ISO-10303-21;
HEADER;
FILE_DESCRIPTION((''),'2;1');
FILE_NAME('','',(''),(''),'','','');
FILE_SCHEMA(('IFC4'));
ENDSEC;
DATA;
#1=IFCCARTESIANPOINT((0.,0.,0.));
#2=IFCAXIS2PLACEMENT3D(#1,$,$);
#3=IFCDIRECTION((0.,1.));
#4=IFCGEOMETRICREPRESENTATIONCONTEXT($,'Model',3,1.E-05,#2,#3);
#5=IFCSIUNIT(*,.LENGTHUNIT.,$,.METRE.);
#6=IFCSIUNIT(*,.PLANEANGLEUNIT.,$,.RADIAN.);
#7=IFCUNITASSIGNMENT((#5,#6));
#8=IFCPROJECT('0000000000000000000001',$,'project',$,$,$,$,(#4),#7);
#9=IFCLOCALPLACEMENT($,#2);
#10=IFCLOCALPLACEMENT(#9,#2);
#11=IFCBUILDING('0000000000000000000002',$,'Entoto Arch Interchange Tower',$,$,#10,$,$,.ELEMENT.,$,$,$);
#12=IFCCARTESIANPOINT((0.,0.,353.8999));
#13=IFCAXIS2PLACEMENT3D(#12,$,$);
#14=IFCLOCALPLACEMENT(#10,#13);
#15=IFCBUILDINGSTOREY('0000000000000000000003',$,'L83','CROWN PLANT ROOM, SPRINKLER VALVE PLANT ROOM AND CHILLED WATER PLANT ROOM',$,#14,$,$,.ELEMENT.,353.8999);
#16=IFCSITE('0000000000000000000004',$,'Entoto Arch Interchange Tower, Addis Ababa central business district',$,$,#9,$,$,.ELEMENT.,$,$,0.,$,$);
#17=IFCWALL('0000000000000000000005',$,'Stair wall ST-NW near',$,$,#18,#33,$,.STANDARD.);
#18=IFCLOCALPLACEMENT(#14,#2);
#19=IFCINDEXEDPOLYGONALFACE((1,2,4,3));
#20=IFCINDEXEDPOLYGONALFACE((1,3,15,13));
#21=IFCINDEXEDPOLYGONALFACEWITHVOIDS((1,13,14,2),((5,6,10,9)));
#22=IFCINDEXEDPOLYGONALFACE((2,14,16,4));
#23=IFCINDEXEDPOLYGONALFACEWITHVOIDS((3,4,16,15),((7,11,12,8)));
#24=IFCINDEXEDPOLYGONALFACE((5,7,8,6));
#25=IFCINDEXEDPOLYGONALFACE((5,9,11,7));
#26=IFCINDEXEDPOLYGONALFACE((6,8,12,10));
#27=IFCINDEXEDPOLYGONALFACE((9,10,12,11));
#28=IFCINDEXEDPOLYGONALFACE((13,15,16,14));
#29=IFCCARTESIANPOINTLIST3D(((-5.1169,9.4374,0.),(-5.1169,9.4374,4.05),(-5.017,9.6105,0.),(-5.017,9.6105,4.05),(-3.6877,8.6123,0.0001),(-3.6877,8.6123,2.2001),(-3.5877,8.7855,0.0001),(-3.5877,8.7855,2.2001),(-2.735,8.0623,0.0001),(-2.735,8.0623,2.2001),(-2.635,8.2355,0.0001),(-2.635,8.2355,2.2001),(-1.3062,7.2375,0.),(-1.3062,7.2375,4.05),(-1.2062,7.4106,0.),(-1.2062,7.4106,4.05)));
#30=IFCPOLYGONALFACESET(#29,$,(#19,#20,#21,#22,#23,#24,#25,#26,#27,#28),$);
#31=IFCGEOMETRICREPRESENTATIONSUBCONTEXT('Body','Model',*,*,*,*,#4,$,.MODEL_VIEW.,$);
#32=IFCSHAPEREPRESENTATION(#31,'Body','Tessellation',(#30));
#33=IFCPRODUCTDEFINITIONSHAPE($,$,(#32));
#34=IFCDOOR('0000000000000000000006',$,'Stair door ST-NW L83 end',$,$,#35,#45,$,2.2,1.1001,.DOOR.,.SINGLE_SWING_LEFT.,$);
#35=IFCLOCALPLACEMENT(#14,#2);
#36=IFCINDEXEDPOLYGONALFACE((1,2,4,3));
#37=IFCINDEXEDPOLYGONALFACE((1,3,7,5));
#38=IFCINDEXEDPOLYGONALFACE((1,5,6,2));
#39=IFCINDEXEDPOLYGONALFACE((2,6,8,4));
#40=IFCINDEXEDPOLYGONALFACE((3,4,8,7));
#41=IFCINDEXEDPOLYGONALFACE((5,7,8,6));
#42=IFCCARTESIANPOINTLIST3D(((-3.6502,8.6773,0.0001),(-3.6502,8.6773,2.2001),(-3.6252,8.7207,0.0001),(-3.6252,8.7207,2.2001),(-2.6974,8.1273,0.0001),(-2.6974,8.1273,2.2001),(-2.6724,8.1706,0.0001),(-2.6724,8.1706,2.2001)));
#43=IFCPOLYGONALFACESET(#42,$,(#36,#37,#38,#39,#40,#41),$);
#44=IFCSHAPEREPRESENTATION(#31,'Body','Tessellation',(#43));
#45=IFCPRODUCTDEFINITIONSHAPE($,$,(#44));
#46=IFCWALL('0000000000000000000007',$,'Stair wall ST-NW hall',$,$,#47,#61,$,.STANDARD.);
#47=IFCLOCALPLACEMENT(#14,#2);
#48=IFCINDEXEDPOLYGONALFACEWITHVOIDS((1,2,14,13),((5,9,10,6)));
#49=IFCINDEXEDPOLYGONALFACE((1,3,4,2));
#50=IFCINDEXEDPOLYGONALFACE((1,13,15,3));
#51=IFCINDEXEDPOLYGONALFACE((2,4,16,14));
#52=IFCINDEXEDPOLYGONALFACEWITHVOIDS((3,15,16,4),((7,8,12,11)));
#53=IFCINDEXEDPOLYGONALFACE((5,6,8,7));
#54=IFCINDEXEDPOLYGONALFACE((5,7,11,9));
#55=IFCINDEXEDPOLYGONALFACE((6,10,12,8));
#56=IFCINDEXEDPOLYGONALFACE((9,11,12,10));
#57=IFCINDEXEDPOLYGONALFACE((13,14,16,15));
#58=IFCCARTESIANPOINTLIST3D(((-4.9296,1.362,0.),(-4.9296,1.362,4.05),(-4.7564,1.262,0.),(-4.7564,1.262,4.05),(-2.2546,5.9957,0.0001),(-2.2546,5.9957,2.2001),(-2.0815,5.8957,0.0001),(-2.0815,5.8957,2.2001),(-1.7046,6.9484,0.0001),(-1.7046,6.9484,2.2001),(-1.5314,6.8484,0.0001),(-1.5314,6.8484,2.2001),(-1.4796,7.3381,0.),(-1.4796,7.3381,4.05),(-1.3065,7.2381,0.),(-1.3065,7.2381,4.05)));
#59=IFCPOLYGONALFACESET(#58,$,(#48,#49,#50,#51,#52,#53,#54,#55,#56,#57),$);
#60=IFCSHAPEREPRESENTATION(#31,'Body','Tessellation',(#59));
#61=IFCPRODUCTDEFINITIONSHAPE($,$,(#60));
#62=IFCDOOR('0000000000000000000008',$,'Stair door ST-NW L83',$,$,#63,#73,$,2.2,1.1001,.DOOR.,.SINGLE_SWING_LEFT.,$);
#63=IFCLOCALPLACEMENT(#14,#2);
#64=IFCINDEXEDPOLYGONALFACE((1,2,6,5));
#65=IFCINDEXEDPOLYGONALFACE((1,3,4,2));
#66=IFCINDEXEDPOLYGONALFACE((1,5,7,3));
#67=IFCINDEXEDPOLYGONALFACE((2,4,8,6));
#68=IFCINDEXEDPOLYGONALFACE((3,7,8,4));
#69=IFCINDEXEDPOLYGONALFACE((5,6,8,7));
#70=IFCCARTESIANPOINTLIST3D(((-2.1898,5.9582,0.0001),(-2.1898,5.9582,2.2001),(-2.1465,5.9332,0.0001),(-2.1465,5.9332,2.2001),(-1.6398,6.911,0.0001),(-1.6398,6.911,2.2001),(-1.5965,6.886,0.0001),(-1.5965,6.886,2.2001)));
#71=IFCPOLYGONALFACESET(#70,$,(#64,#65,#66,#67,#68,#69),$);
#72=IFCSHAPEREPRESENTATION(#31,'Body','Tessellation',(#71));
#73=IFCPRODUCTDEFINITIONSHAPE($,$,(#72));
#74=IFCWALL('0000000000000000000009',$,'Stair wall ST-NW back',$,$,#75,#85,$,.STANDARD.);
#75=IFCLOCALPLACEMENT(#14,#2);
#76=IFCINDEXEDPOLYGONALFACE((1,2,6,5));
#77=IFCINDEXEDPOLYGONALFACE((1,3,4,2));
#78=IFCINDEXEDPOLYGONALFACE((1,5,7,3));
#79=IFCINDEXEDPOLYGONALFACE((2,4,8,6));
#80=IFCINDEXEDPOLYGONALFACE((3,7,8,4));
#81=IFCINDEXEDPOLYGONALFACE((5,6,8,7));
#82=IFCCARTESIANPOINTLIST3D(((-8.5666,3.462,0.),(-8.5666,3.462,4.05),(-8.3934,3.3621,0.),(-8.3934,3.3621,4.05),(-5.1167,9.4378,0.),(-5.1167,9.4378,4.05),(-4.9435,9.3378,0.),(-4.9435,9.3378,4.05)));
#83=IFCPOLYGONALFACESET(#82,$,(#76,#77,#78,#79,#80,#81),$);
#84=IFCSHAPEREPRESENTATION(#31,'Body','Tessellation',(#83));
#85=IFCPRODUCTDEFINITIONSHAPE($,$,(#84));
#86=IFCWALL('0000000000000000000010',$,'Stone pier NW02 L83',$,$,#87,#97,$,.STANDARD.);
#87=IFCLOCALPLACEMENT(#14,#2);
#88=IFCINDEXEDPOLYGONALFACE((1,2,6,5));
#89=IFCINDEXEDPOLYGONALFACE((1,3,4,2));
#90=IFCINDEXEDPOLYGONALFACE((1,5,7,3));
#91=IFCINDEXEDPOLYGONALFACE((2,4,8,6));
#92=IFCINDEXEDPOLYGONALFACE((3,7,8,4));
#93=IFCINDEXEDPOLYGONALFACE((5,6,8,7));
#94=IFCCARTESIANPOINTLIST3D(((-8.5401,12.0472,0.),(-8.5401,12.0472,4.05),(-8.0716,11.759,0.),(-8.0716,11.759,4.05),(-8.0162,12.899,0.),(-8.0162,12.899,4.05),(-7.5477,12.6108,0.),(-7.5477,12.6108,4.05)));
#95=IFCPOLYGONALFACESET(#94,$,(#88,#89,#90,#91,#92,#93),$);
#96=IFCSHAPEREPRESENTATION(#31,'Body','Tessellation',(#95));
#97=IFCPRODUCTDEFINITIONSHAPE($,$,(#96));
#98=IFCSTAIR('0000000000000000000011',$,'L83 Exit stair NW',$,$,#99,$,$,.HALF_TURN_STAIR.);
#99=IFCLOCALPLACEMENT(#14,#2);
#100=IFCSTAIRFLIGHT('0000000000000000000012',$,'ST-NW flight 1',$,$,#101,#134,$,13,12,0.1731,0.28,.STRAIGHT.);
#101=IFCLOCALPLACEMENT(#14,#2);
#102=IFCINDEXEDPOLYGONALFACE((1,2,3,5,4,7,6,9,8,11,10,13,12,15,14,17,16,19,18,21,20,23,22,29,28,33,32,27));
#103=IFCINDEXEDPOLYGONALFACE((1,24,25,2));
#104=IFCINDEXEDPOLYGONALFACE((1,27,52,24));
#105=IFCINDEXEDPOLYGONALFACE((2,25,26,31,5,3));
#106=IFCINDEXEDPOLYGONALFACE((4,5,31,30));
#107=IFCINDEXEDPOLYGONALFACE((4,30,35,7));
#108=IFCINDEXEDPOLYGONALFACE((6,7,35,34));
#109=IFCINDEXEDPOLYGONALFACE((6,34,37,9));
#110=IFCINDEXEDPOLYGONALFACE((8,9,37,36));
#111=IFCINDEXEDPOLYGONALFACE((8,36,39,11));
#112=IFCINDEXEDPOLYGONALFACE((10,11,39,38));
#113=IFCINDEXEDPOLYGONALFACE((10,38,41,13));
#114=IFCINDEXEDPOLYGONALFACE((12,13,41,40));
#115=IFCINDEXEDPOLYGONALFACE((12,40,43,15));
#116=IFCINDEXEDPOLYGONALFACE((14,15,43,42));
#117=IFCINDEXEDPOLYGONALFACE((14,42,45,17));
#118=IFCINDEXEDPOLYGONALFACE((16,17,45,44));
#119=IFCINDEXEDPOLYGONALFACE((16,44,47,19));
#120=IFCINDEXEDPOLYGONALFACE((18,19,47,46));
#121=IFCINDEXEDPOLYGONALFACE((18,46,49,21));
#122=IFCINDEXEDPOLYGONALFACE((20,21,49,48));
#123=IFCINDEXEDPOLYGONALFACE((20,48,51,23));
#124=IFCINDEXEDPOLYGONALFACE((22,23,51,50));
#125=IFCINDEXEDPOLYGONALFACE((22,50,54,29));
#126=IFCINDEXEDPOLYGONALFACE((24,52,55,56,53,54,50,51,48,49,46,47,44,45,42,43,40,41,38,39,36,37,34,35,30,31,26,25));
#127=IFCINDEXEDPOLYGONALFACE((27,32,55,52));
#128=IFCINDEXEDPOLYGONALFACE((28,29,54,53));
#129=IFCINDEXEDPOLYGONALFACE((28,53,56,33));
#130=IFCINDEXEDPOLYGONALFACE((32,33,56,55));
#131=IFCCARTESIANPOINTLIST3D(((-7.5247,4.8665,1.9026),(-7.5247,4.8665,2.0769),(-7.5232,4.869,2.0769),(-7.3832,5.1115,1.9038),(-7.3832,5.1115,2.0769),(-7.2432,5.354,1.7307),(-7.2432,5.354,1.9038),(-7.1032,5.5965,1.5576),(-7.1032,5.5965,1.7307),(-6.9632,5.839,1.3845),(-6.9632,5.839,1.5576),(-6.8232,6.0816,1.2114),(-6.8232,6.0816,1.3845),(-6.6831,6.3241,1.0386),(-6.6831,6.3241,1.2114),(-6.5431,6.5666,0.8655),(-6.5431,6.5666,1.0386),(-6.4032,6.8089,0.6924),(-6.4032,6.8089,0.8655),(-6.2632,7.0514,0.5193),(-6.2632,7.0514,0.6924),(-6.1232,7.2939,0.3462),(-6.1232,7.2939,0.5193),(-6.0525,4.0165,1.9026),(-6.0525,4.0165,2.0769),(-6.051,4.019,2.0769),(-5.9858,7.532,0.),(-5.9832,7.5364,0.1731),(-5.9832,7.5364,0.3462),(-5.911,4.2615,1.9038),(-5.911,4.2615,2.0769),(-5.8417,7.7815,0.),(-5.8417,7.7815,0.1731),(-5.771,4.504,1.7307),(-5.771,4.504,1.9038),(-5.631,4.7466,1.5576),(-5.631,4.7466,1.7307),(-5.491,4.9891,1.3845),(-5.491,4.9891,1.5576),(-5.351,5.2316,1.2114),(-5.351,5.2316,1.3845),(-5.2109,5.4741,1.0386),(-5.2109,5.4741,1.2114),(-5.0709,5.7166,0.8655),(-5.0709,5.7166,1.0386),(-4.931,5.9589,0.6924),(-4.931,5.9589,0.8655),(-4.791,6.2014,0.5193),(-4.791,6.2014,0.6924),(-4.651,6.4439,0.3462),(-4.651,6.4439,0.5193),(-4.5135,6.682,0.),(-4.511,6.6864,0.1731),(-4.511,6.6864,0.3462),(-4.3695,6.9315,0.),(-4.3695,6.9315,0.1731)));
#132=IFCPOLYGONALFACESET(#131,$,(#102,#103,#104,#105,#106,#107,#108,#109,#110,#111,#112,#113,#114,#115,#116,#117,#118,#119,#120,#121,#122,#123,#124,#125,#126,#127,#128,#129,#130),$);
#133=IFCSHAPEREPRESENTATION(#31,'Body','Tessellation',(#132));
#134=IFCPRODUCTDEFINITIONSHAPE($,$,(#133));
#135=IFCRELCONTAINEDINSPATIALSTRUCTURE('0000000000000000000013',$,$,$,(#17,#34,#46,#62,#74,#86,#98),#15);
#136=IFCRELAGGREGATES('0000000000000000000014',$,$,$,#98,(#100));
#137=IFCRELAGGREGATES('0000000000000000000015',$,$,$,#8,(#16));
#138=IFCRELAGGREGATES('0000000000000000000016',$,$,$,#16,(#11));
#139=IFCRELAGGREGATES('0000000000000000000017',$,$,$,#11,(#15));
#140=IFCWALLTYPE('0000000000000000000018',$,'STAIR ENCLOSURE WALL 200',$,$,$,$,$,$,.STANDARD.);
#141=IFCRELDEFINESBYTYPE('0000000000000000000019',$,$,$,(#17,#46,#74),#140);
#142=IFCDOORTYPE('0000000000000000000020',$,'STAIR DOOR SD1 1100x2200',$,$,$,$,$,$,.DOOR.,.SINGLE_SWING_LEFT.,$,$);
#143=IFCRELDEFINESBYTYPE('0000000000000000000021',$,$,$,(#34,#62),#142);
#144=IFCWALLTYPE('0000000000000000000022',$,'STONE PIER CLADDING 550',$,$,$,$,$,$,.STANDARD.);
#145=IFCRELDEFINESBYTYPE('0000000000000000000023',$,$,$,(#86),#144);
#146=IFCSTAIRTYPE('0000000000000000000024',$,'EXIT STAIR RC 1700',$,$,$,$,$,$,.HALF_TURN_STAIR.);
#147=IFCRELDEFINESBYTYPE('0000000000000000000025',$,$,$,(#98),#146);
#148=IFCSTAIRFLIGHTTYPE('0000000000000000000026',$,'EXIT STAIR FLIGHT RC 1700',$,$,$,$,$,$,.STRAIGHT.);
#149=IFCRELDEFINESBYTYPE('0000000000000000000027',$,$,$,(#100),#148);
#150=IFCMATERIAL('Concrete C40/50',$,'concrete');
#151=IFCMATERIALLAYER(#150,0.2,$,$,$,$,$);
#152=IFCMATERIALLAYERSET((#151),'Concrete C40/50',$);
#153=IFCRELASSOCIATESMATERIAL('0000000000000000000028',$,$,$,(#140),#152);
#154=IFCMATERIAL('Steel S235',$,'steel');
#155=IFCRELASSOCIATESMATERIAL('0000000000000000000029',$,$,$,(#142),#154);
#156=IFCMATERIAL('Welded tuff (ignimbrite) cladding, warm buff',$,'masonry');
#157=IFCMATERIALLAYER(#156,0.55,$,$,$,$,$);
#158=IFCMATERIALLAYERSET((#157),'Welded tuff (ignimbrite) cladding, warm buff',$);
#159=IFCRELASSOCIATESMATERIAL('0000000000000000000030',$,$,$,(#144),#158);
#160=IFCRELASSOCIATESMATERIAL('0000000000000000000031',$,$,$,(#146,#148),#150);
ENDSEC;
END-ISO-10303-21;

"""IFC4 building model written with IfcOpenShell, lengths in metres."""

from ifc_helpers import new_model, si_unit, direction, frame, frame_2d, origin, place, context, subcontext, project, spatial, polyline, rectangle, outline, extrude, material, layer, layer_set, type_object, element, fill, aggregate, save


model = new_model("IFC4")

# Units and contexts
model_context = context("Model", 3, precision=1e-05, world=origin(), true_north=direction((0.0, 1.0)))
body_context = subcontext(model_context, "Body", "Model", "MODEL_VIEW")
ifc_project = project(units=[si_unit("LENGTHUNIT", "METRE"), si_unit("PLANEANGLEUNIT", "RADIAN")], contexts=[model_context])

# Site, building, storey
site_placement = place(None, origin())
site = spatial("IfcSite", under=ifc_project, at=site_placement, Name="Entoto Arch Interchange Tower, Addis Ababa central business district", CompositionType="ELEMENT", RefElevation=0.0)
building_placement = place(site_placement, origin())
building = spatial("IfcBuilding", under=site, at=building_placement, Name="Entoto Arch Interchange Tower", CompositionType="ELEMENT")
storey_placement = place(building_placement, frame((0.0, 0.0, 353.8999)))
storey = spatial("IfcBuildingStorey", under=building, at=storey_placement, Name="L83", Description="CROWN PLANT ROOM, SPRINKLER VALVE PLANT ROOM AND CHILLED WATER PLANT ROOM", CompositionType="ELEMENT", Elevation=353.8999)

# Shared definitions
ifc_material_1 = material(Name="Concrete C40/50", Category="concrete")

# Walls, openings, doors
ifc_layer_1 = layer(ifc_material_1, 0.2)
ifc_layer_set_1 = layer_set([ifc_layer_1], Name="Concrete C40/50")
wall_type_1 = type_object("IfcWallType", Name="STAIR ENCLOSURE WALL 200", PredefinedType="STANDARD", material=ifc_layer_set_1)
wall_1_placement = place(storey_placement, frame((-1.2561, 7.324, 0.0), z_axis=(0.0, 0.0, 1.0), x_axis=(-0.866046, 0.499964, 0.0)))
wall_1 = element("IfcWall", 1, at=wall_1_placement, inside=storey, type_object=wall_type_1, Name="Stair wall ST-NW near", PredefinedType="STANDARD", context=body_context, shape_type="SweptSolid", body=[
    extrude(rectangle(XDim=4.4001, YDim=0.2, at=frame_2d((2.2002, 0.0))), origin(), (0.0, 0.0, 1.0), 4.05),
])
opening_1_placement = place(wall_1_placement, frame((1.6499, 0.0, 0.0)))
opening_1 = element("IfcOpeningElement", 2, at=opening_1_placement, cuts=wall_1, PredefinedType="OPENING", context=body_context, shape_type="SweptSolid", body=[
    extrude(rectangle(XDim=1.1001, YDim=2.2, at=frame_2d((0.55, 1.1001))), frame((0.0, 0.1099, 0.0), z_axis=(0.0, -1.0, 0.0), x_axis=(1.0, 0.0, 0.0)), (0.0, 0.0, 1.0), 0.22),
])
ifc_material_2 = material(Name="Steel S235", Category="steel")
door_type_1 = type_object("IfcDoorType", Name="STAIR DOOR SD1 1100x2200", OperationType="SINGLE_SWING_LEFT", PredefinedType="DOOR", material=ifc_material_2)
door_1_placement = place(opening_1_placement, origin())
door_1 = element("IfcDoor", 3, at=door_1_placement, inside=storey, type_object=door_type_1, Name="Stair door ST-NW L83 end", OperationType="SINGLE_SWING_LEFT", OverallHeight=2.2, OverallWidth=1.1001, PredefinedType="DOOR", context=body_context, shape_type="SweptSolid", body=[
    extrude(rectangle(XDim=1.1001, YDim=2.2, at=frame_2d((0.55, 1.1001))), frame((0.0, 0.0249, 0.0), z_axis=(0.0, -1.0, 0.0), x_axis=(1.0, 0.0, 0.0)), (0.0, 0.0, 1.0), 0.05),
])
fill(opening_1, door_1)
wall_2_placement = place(storey_placement, frame((-1.3931, 7.2881, 0.0), z_axis=(0.0, 0.0, 1.0), x_axis=(-0.499963, -0.866047, 0.0)))
wall_2 = element("IfcWall", 4, at=wall_2_placement, inside=storey, type_object=wall_type_1, Name="Stair wall ST-NW hall", PredefinedType="STANDARD", context=body_context, shape_type="SweptSolid", body=[
    extrude(rectangle(XDim=6.9004, YDim=0.2, at=frame_2d((3.4502, 0.0))), origin(), (0.0, 0.0, 1.0), 4.05),
])
opening_2_placement = place(wall_2_placement, frame((0.45, 0.0, 0.0)))
opening_2 = element("IfcOpeningElement", 5, at=opening_2_placement, cuts=wall_2, PredefinedType="OPENING", context=body_context, shape_type="SweptSolid", body=[
    extrude(rectangle(XDim=1.1001, YDim=2.2, at=frame_2d((0.55, 1.1001))), frame((0.0, 0.1099, 0.0), z_axis=(0.0, -1.0, 0.0), x_axis=(1.0, 0.0, 0.0)), (0.0, 0.0, 1.0), 0.22),
])
door_2_placement = place(opening_2_placement, origin())
door_2 = element("IfcDoor", 6, at=door_2_placement, inside=storey, type_object=door_type_1, Name="Stair door ST-NW L83", OperationType="SINGLE_SWING_LEFT", OverallHeight=2.2, OverallWidth=1.1001, PredefinedType="DOOR", context=body_context, shape_type="SweptSolid", body=[
    extrude(rectangle(XDim=1.1001, YDim=2.2, at=frame_2d((0.55, 1.1001))), frame((0.0, 0.0249, 0.0), z_axis=(0.0, -1.0, 0.0), x_axis=(1.0, 0.0, 0.0)), (0.0, 0.0, 1.0), 0.05),
])
fill(opening_2, door_2)

# Walls
wall_3_placement = place(storey_placement, frame((-5.03, 9.3879, 0.0), z_axis=(0.0, 0.0, 1.0), x_axis=(-0.499979, -0.866038, 0.0)))
element("IfcWall", 7, at=wall_3_placement, inside=storey, type_object=wall_type_1, Name="Stair wall ST-NW back", PredefinedType="STANDARD", context=body_context, shape_type="SweptSolid", body=[
    extrude(rectangle(XDim=6.9001, YDim=0.2, at=frame_2d((3.4502, 0.0))), origin(), (0.0, 0.0, 1.0), 4.05),
])
ifc_material_3 = material(Name="Welded tuff (ignimbrite) cladding, warm buff", Category="masonry")
ifc_layer_2 = layer(ifc_material_3, 0.55)
ifc_layer_set_2 = layer_set([ifc_layer_2], Name="Welded tuff (ignimbrite) cladding, warm buff")
wall_type_2 = type_object("IfcWallType", Name="STONE PIER CLADDING 550", PredefinedType="STANDARD", material=ifc_layer_set_2)
wall_4_placement = place(storey_placement, frame((-7.782, 12.7549, 0.0), z_axis=(0.0, 0.0, 1.0), x_axis=(-0.523907, -0.851776, 0.0)))
element("IfcWall", 8, at=wall_4_placement, inside=storey, type_object=wall_type_2, Name="Stone pier NW02 L83", PredefinedType="STANDARD", context=body_context, shape_type="SweptSolid", body=[
    extrude(rectangle(XDim=1.0, YDim=0.55, at=frame_2d((0.5, 0.0))), origin(), (0.0, 0.0, 1.0), 4.05),
])

# Stair, stair flight
stair_type = type_object("IfcStairType", Name="EXIT STAIR RC 1700", PredefinedType="HALF_TURN_STAIR", material=ifc_material_1)
stair_placement = place(storey_placement, origin())
stair = element("IfcStair", 9, at=stair_placement, inside=storey, type_object=stair_type, Name="L83 Exit stair NW", PredefinedType="HALF_TURN_STAIR")
stair_flight_type = type_object("IfcStairFlightType", Name="EXIT STAIR FLIGHT RC 1700", PredefinedType="STRAIGHT", material=ifc_material_1)
stair_flight_placement = place(storey_placement, frame((-5.1072, 7.354, 0.0), z_axis=(0.0, 0.0, 1.0), x_axis=(-0.5, -0.866025, 0.0)))
stair_flight = element("IfcStairFlight", 10, at=stair_flight_placement, type_object=stair_flight_type, Name="ST-NW flight 1", NumberOfRisers=13, NumberOfTreads=12, PredefinedType="STRAIGHT", RiserHeight=0.1731, TreadLength=0.28, context=body_context, shape_type="SweptSolid", body=[
    extrude(outline(polyline([(-0.0029, 0.0), (-0.0029, 0.1731), (0.28, 0.1731), (0.28, 0.3462), (0.5601, 0.3462), (0.5601, 0.5193), (0.8401, 0.5193), (0.8401, 0.6924), (1.1201, 0.6924), (1.1201, 0.8655), (1.3999, 0.8655), (1.3999, 1.0386), (1.6799, 1.0386), (1.6799, 1.2114), (1.96, 1.2114), (1.96, 1.3845), (2.24, 1.3845), (2.24, 1.5576), (2.52, 1.5576), (2.52, 1.7307), (2.8, 1.7307), (2.8, 1.9038), (3.0801, 1.9038), (3.0801, 2.0769), (3.3601, 2.0769), (3.363, 2.0769), (3.363, 1.9026), (0.2852, 0.0), (-0.0029, 0.0)])), frame((0.0, 0.8501, 0.0), z_axis=(0.0, -1.0, 0.0), x_axis=(1.0, 0.0, 0.0)), (0.0, 0.0, 1.0), 1.7),
])
aggregate(stair, [stair_flight])

save(model, "model.ifc")
